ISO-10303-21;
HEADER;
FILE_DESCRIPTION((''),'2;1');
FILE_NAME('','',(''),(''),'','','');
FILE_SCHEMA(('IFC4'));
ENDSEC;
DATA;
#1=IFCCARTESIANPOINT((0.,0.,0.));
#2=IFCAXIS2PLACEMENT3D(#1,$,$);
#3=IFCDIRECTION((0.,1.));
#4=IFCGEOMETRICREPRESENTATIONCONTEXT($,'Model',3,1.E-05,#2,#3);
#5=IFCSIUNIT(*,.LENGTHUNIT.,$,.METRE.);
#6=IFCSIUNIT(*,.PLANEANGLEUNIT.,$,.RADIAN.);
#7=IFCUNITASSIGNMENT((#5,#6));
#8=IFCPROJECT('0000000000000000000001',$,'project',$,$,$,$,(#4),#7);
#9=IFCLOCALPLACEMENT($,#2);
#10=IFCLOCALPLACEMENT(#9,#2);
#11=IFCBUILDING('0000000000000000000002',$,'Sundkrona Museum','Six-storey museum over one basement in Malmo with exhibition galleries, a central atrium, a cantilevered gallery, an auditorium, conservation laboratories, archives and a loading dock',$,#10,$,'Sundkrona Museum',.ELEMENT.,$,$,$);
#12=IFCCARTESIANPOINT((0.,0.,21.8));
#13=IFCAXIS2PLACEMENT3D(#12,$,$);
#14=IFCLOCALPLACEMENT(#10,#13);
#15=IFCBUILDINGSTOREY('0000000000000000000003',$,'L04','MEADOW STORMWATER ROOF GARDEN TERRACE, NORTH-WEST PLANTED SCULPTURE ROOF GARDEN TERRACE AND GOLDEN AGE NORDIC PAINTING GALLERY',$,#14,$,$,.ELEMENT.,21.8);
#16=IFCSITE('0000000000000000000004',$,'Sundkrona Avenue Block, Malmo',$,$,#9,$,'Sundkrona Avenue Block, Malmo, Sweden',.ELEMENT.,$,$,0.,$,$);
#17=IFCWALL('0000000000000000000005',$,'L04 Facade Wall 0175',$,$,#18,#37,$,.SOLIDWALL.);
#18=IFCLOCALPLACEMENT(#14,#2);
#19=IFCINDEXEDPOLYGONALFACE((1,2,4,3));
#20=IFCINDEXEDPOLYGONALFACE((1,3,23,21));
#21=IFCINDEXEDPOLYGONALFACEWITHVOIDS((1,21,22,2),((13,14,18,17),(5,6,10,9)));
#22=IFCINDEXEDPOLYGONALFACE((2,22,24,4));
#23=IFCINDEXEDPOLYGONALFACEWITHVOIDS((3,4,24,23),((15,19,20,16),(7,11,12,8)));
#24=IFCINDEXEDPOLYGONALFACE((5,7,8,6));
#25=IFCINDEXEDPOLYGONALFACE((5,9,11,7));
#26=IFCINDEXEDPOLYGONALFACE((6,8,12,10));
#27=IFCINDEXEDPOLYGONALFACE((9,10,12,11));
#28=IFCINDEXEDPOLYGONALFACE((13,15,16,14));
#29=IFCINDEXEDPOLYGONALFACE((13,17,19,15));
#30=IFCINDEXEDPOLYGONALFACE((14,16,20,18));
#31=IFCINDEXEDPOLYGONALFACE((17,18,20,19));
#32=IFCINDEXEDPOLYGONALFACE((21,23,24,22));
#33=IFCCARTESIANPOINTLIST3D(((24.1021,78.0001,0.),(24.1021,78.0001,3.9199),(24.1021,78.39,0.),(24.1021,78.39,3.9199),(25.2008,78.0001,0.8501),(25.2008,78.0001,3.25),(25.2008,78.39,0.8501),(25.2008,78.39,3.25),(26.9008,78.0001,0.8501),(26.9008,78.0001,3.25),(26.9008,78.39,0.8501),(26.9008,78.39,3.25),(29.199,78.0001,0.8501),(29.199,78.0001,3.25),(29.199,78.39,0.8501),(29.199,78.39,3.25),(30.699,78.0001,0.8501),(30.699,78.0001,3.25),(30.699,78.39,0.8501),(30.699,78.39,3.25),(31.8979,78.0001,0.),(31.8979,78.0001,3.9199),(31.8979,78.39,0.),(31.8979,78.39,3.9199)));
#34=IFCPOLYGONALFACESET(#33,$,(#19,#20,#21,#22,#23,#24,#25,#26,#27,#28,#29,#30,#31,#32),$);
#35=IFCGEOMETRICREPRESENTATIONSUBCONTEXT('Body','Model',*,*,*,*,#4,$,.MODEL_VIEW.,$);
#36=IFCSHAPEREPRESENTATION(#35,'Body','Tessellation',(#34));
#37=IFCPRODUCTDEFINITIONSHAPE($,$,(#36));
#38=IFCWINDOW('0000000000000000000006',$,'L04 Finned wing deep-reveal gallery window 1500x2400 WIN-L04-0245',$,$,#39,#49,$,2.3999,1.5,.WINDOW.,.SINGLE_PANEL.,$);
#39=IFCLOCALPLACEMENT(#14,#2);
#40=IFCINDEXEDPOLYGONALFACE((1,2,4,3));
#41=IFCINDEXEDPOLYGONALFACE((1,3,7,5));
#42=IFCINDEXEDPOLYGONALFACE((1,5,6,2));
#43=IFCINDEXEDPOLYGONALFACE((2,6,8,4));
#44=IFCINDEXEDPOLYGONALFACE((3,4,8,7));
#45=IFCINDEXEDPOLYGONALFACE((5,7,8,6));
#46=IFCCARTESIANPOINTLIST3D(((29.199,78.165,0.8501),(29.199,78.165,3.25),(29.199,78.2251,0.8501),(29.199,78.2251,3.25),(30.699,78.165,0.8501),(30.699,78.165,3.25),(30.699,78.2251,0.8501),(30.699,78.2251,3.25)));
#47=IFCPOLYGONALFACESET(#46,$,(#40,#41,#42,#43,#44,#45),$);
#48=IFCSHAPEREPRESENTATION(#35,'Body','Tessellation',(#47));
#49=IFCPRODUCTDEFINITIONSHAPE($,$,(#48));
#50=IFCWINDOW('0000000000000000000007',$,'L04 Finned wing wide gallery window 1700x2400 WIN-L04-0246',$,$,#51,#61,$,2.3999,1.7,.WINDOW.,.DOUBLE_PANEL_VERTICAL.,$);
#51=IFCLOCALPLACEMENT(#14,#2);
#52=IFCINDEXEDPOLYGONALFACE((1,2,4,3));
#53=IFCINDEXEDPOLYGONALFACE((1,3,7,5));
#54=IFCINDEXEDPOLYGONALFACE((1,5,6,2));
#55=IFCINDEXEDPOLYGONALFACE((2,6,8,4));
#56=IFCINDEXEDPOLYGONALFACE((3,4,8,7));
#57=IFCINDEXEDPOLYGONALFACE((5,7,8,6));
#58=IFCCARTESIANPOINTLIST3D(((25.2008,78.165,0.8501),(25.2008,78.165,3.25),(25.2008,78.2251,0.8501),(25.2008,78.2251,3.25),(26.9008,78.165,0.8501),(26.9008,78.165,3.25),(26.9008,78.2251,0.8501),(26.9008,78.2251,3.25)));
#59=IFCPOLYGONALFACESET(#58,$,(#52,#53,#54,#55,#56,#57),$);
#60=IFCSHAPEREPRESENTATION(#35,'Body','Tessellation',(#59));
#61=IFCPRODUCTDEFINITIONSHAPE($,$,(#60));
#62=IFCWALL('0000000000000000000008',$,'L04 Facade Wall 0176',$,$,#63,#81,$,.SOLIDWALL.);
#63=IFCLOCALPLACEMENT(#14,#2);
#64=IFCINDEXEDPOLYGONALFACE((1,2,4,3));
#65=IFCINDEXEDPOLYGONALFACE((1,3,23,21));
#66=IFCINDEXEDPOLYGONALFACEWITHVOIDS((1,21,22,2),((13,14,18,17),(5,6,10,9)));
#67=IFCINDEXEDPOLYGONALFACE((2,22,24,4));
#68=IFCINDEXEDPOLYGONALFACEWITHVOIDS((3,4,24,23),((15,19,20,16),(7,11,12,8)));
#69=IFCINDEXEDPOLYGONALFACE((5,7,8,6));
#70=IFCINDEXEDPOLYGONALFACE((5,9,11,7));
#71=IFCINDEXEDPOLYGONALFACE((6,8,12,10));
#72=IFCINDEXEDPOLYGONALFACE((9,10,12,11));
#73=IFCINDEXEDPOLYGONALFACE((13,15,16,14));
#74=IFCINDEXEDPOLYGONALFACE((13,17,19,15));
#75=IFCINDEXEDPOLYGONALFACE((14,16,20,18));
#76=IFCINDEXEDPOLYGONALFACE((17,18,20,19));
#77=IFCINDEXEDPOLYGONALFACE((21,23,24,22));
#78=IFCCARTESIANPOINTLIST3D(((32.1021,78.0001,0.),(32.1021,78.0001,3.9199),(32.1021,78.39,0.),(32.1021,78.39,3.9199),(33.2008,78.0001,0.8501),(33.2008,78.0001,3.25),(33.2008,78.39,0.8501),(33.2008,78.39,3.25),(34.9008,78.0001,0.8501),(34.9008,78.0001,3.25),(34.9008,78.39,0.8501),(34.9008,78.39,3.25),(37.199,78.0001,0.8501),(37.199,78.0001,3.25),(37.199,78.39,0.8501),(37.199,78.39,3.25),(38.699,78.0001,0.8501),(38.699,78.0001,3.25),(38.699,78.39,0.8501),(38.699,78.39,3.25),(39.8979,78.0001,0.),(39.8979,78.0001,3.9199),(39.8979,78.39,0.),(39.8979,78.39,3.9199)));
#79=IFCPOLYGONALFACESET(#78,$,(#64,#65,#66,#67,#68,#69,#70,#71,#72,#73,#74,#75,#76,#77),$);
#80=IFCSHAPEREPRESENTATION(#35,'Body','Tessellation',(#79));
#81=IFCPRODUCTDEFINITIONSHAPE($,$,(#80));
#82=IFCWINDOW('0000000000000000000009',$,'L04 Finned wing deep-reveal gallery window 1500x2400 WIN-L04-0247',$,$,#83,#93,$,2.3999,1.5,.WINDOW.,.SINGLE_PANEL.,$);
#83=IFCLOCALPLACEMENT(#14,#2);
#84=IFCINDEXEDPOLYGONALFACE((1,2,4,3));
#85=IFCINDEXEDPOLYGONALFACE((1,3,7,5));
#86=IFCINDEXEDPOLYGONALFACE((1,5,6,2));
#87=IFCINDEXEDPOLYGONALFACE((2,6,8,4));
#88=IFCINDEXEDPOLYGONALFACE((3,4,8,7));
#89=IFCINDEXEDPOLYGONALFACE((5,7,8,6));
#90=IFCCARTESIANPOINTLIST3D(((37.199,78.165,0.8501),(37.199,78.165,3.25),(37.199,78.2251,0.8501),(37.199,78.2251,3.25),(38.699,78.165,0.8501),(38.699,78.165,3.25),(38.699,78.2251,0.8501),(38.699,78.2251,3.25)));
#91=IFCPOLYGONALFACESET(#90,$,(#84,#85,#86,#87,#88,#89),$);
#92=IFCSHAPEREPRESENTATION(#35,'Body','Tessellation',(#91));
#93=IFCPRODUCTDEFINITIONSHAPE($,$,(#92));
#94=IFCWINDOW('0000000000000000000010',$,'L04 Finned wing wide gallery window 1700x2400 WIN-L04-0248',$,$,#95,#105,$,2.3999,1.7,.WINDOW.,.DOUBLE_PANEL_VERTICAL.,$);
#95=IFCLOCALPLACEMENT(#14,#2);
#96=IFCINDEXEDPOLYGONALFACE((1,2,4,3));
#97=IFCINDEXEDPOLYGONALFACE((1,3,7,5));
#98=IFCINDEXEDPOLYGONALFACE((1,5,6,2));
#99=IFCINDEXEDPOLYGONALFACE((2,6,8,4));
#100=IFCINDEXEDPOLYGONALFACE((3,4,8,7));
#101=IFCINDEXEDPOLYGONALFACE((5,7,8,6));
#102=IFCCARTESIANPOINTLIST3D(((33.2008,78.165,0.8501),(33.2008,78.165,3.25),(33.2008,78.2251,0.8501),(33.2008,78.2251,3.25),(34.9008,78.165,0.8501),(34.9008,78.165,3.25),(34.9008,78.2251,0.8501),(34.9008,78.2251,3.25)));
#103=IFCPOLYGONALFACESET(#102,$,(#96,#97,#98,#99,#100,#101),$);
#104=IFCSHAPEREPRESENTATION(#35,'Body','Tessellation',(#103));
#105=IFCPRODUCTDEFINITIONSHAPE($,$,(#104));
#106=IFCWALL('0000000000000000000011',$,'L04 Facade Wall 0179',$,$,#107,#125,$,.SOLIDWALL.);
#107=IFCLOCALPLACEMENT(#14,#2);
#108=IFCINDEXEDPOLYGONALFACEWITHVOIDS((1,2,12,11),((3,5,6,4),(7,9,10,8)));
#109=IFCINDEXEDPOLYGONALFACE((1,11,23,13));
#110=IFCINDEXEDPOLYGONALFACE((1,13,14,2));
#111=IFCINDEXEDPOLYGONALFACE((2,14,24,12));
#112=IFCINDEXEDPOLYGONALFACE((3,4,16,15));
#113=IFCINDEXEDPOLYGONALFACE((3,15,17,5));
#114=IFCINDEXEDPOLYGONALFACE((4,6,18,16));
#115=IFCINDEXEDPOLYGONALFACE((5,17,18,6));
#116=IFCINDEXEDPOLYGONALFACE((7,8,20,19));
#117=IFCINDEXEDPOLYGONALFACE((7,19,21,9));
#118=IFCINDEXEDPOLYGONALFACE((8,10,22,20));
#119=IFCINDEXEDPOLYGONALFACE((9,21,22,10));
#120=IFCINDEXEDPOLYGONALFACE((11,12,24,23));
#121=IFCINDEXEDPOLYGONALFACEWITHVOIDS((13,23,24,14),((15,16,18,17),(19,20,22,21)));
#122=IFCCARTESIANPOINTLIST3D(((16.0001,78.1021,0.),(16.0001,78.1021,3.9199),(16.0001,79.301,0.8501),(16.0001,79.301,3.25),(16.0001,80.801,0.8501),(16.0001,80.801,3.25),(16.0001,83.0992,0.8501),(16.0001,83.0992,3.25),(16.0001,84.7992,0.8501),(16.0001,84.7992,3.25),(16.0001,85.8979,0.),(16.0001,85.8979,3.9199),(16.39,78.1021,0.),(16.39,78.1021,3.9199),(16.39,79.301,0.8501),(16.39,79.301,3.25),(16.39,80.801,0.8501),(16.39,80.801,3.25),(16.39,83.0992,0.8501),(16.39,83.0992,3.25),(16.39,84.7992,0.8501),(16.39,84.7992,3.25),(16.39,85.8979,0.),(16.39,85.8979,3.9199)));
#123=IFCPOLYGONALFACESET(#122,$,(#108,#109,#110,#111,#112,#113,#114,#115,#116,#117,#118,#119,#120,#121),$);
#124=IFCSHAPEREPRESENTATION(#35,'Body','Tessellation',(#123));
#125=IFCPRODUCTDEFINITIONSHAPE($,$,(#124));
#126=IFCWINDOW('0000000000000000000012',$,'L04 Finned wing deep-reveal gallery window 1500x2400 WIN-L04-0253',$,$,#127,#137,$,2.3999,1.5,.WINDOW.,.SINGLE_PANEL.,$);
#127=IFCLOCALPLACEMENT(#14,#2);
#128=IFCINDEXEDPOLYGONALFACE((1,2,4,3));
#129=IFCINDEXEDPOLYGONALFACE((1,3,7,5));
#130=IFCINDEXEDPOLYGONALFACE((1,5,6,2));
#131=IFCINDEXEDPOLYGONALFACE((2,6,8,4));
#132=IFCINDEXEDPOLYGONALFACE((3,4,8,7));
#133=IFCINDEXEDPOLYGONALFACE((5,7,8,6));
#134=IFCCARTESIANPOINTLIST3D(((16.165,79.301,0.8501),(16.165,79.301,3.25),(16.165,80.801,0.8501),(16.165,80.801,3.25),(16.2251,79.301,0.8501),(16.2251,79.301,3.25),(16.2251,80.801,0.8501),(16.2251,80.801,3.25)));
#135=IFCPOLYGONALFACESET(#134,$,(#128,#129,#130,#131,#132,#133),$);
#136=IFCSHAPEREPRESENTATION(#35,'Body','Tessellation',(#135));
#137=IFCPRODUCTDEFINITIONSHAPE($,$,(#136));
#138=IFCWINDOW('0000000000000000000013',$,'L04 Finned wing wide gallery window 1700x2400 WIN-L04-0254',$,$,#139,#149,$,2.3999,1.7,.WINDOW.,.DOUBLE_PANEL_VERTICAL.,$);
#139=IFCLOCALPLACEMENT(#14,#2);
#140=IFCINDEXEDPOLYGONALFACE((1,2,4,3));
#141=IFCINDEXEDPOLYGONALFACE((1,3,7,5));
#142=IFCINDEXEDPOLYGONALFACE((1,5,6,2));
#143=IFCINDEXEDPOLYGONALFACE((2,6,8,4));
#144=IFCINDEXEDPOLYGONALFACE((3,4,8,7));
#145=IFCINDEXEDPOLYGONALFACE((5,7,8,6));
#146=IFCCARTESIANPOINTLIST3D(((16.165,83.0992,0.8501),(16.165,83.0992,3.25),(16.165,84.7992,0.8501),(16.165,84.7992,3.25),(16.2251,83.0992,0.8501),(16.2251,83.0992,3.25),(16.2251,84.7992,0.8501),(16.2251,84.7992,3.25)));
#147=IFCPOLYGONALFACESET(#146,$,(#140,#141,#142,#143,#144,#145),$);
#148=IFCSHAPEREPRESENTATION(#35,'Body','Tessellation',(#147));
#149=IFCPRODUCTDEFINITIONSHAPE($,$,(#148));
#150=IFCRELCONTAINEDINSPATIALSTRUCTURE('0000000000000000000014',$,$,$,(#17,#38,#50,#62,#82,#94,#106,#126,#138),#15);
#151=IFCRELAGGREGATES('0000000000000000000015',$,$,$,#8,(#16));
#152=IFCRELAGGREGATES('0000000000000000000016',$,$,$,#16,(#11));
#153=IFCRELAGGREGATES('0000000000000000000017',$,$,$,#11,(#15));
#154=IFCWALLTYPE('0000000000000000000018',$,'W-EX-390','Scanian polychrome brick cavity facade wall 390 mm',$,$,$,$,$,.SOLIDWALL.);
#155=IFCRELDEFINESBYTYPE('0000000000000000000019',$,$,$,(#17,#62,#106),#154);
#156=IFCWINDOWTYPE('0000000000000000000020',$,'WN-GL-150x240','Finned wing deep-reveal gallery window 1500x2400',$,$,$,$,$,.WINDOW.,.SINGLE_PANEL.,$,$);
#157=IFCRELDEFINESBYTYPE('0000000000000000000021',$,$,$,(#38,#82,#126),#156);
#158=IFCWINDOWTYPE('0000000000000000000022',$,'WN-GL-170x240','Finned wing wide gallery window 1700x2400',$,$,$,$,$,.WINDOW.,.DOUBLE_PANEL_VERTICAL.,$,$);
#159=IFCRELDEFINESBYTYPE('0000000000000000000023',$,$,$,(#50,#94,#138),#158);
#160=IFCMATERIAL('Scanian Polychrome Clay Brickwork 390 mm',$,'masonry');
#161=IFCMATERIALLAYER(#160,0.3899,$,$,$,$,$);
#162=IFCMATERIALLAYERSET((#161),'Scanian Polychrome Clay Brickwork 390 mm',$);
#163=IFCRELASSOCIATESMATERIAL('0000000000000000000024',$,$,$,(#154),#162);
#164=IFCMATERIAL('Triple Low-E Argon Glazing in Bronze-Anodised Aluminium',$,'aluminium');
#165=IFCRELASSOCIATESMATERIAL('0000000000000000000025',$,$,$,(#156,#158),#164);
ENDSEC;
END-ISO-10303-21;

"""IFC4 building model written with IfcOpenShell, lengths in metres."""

from ifc_helpers import new_model, si_unit, direction, frame, frame_2d, origin, place, context, subcontext, project, spatial, rectangle, extrude, material, layer, layer_set, type_object, element, fill, save


model = new_model("IFC4")

# Units and contexts
model_context = context("Model", 3, precision=1e-05, world=origin(), true_north=direction((0.0, 1.0)))
body_context = subcontext(model_context, "Body", "Model", "MODEL_VIEW")
ifc_project = project(units=[si_unit("LENGTHUNIT", "METRE"), si_unit("PLANEANGLEUNIT", "RADIAN")], contexts=[model_context])

# Site, building, storey
site_placement = place(None, origin())
site = spatial("IfcSite", under=ifc_project, at=site_placement, Name="Sundkrona Avenue Block, Malmo", LongName="Sundkrona Avenue Block, Malmo, Sweden", CompositionType="ELEMENT", RefElevation=0.0)
building_placement = place(site_placement, origin())
building = spatial("IfcBuilding", under=site, at=building_placement, Name="Sundkrona Museum", Description="Six-storey museum over one basement in Malmo with exhibition galleries, a central atrium, a cantilevered gallery, an auditorium, conservation laboratories, archives and a loading dock", LongName="Sundkrona Museum", CompositionType="ELEMENT")
storey_placement = place(building_placement, frame((0.0, 0.0, 21.8)))
storey = spatial("IfcBuildingStorey", under=building, at=storey_placement, Name="L04", Description="MEADOW STORMWATER ROOF GARDEN TERRACE, NORTH-WEST PLANTED SCULPTURE ROOF GARDEN TERRACE AND GOLDEN AGE NORDIC PAINTING GALLERY", CompositionType="ELEMENT", Elevation=21.8)

# Walls, openings, windows
ifc_material_1 = material(Name="Scanian Polychrome Clay Brickwork 390 mm", Category="masonry")
ifc_layer_1 = layer(ifc_material_1, 0.3899)
ifc_layer_set_1 = layer_set([ifc_layer_1], Name="Scanian Polychrome Clay Brickwork 390 mm")
wall_type_1 = type_object("IfcWallType", Name="W-EX-390", Description="Scanian polychrome brick cavity facade wall 390 mm", PredefinedType="SOLIDWALL", material=ifc_layer_set_1)
ifc_material_2 = material(Name="Triple Low-E Argon Glazing in Bronze-Anodised Aluminium", Category="aluminium")
window_type_1 = type_object("IfcWindowType", Name="WN-GL-150x240", Description="Finned wing deep-reveal gallery window 1500x2400", PartitioningType="SINGLE_PANEL", PredefinedType="WINDOW", material=ifc_material_2)
window_type_2 = type_object("IfcWindowType", Name="WN-GL-170x240", Description="Finned wing wide gallery window 1700x2400", PartitioningType="DOUBLE_PANEL_VERTICAL", PredefinedType="WINDOW", material=ifc_material_2)
wall_1_placement = place(storey_placement, frame((31.8979, 78.1951, 0.0), z_axis=(0.0, 0.0, 1.0), x_axis=(-1.0, 0.0, 0.0)))
wall_1 = element("IfcWall", 1, at=wall_1_placement, inside=storey, type_object=wall_type_1, Name="L04 Facade Wall 0175", PredefinedType="SOLIDWALL", context=body_context, shape_type="SweptSolid", body=[
    extrude(rectangle(XDim=7.7959, YDim=0.3899, at=frame_2d((3.8979, 0.0))), origin(), (0.0, 0.0, 1.0), 3.9199),
])
opening_1_placement = place(wall_1_placement, frame((1.199, 0.0, 0.8501)))
opening_1 = element("IfcOpeningElement", 2, at=opening_1_placement, cuts=wall_1, PredefinedType="OPENING", context=body_context, shape_type="SweptSolid", body=[
    extrude(rectangle(XDim=1.5, YDim=2.3999, at=frame_2d((0.75, 1.2))), frame((0.0, 0.2048, 0.0), z_axis=(0.0, -1.0, 0.0), x_axis=(1.0, 0.0, 0.0)), (0.0, 0.0, 1.0), 0.4099),
])
opening_2_placement = place(wall_1_placement, frame((4.9971, 0.0, 0.8501)))
opening_2 = element("IfcOpeningElement", 3, at=opening_2_placement, cuts=wall_1, PredefinedType="OPENING", context=body_context, shape_type="SweptSolid", body=[
    extrude(rectangle(XDim=1.7, YDim=2.3999, at=frame_2d((0.8501, 1.2))), frame((0.0, 0.2048, 0.0), z_axis=(0.0, -1.0, 0.0), x_axis=(1.0, 0.0, 0.0)), (0.0, 0.0, 1.0), 0.4099),
])
window_1_placement = place(opening_1_placement, origin())
window_1 = element("IfcWindow", 4, at=window_1_placement, inside=storey, type_object=window_type_1, Name="L04 Finned wing deep-reveal gallery window 1500x2400 WIN-L04-0245", OverallHeight=2.3999, OverallWidth=1.5, PartitioningType="SINGLE_PANEL", PredefinedType="WINDOW", context=body_context, shape_type="SweptSolid", body=[
    extrude(rectangle(XDim=1.5, YDim=2.3999, at=frame_2d((0.75, 1.2))), frame((0.0, 0.03, 0.0), z_axis=(0.0, -1.0, 0.0), x_axis=(1.0, 0.0, 0.0)), (0.0, 0.0, 1.0), 0.0601),
])
fill(opening_1, window_1)
window_2_placement = place(opening_2_placement, origin())
window_2 = element("IfcWindow", 5, at=window_2_placement, inside=storey, type_object=window_type_2, Name="L04 Finned wing wide gallery window 1700x2400 WIN-L04-0246", OverallHeight=2.3999, OverallWidth=1.7, PartitioningType="DOUBLE_PANEL_VERTICAL", PredefinedType="WINDOW", context=body_context, shape_type="SweptSolid", body=[
    extrude(rectangle(XDim=1.7, YDim=2.3999, at=frame_2d((0.8501, 1.2))), frame((0.0, 0.03, 0.0), z_axis=(0.0, -1.0, 0.0), x_axis=(1.0, 0.0, 0.0)), (0.0, 0.0, 1.0), 0.0601),
])
fill(opening_2, window_2)
wall_2_placement = place(storey_placement, frame((39.8979, 78.1951, 0.0), z_axis=(0.0, 0.0, 1.0), x_axis=(-1.0, 0.0, 0.0)))
wall_2 = element("IfcWall", 6, at=wall_2_placement, inside=storey, type_object=wall_type_1, Name="L04 Facade Wall 0176", PredefinedType="SOLIDWALL", context=body_context, shape_type="SweptSolid", body=[
    extrude(rectangle(XDim=7.7959, YDim=0.3899, at=frame_2d((3.8979, 0.0))), origin(), (0.0, 0.0, 1.0), 3.9199),
])
opening_3_placement = place(wall_2_placement, frame((1.199, 0.0, 0.8501)))
opening_3 = element("IfcOpeningElement", 7, at=opening_3_placement, cuts=wall_2, PredefinedType="OPENING", context=body_context, shape_type="SweptSolid", body=[
    extrude(rectangle(XDim=1.5, YDim=2.3999, at=frame_2d((0.75, 1.2))), frame((0.0, 0.2048, 0.0), z_axis=(0.0, -1.0, 0.0), x_axis=(1.0, 0.0, 0.0)), (0.0, 0.0, 1.0), 0.4099),
])
opening_4_placement = place(wall_2_placement, frame((4.9971, 0.0, 0.8501)))
opening_4 = element("IfcOpeningElement", 8, at=opening_4_placement, cuts=wall_2, PredefinedType="OPENING", context=body_context, shape_type="SweptSolid", body=[
    extrude(rectangle(XDim=1.7, YDim=2.3999, at=frame_2d((0.8501, 1.2))), frame((0.0, 0.2048, 0.0), z_axis=(0.0, -1.0, 0.0), x_axis=(1.0, 0.0, 0.0)), (0.0, 0.0, 1.0), 0.4099),
])
window_3_placement = place(opening_3_placement, origin())
window_3 = element("IfcWindow", 9, at=window_3_placement, inside=storey, type_object=window_type_1, Name="L04 Finned wing deep-reveal gallery window 1500x2400 WIN-L04-0247", OverallHeight=2.3999, OverallWidth=1.5, PartitioningType="SINGLE_PANEL", PredefinedType="WINDOW", context=body_context, shape_type="SweptSolid", body=[
    extrude(rectangle(XDim=1.5, YDim=2.3999, at=frame_2d((0.75, 1.2))), frame((0.0, 0.03, 0.0), z_axis=(0.0, -1.0, 0.0), x_axis=(1.0, 0.0, 0.0)), (0.0, 0.0, 1.0), 0.0601),
])
fill(opening_3, window_3)
window_4_placement = place(opening_4_placement, origin())
window_4 = element("IfcWindow", 10, at=window_4_placement, inside=storey, type_object=window_type_2, Name="L04 Finned wing wide gallery window 1700x2400 WIN-L04-0248", OverallHeight=2.3999, OverallWidth=1.7, PartitioningType="DOUBLE_PANEL_VERTICAL", PredefinedType="WINDOW", context=body_context, shape_type="SweptSolid", body=[
    extrude(rectangle(XDim=1.7, YDim=2.3999, at=frame_2d((0.8501, 1.2))), frame((0.0, 0.03, 0.0), z_axis=(0.0, -1.0, 0.0), x_axis=(1.0, 0.0, 0.0)), (0.0, 0.0, 1.0), 0.0601),
])
fill(opening_4, window_4)
wall_3_placement = place(storey_placement, frame((16.1951, 78.1021, 0.0), z_axis=(0.0, 0.0, 1.0), x_axis=(0.0, 1.0, 0.0)))
wall_3 = element("IfcWall", 11, at=wall_3_placement, inside=storey, type_object=wall_type_1, Name="L04 Facade Wall 0179", PredefinedType="SOLIDWALL", context=body_context, shape_type="SweptSolid", body=[
    extrude(rectangle(XDim=7.7959, YDim=0.3899, at=frame_2d((3.8979, 0.0))), origin(), (0.0, 0.0, 1.0), 3.9199),
])
opening_5_placement = place(wall_3_placement, frame((1.199, 0.0, 0.8501)))
opening_5 = element("IfcOpeningElement", 12, at=opening_5_placement, cuts=wall_3, PredefinedType="OPENING", context=body_context, shape_type="SweptSolid", body=[
    extrude(rectangle(XDim=1.5, YDim=2.3999, at=frame_2d((0.75, 1.2))), frame((0.0, 0.2048, 0.0), z_axis=(0.0, -1.0, 0.0), x_axis=(1.0, 0.0, 0.0)), (0.0, 0.0, 1.0), 0.4099),
])
opening_6_placement = place(wall_3_placement, frame((4.9971, 0.0, 0.8501)))
opening_6 = element("IfcOpeningElement", 13, at=opening_6_placement, cuts=wall_3, PredefinedType="OPENING", context=body_context, shape_type="SweptSolid", body=[
    extrude(rectangle(XDim=1.7, YDim=2.3999, at=frame_2d((0.8501, 1.2))), frame((0.0, 0.2048, 0.0), z_axis=(0.0, -1.0, 0.0), x_axis=(1.0, 0.0, 0.0)), (0.0, 0.0, 1.0), 0.4099),
])
window_5_placement = place(opening_5_placement, origin())
window_5 = element("IfcWindow", 14, at=window_5_placement, inside=storey, type_object=window_type_1, Name="L04 Finned wing deep-reveal gallery window 1500x2400 WIN-L04-0253", OverallHeight=2.3999, OverallWidth=1.5, PartitioningType="SINGLE_PANEL", PredefinedType="WINDOW", context=body_context, shape_type="SweptSolid", body=[
    extrude(rectangle(XDim=1.5, YDim=2.3999, at=frame_2d((0.75, 1.2))), frame((0.0, 0.03, 0.0), z_axis=(0.0, -1.0, 0.0), x_axis=(1.0, 0.0, 0.0)), (0.0, 0.0, 1.0), 0.0601),
])
fill(opening_5, window_5)
window_6_placement = place(opening_6_placement, origin())
window_6 = element("IfcWindow", 15, at=window_6_placement, inside=storey, type_object=window_type_2, Name="L04 Finned wing wide gallery window 1700x2400 WIN-L04-0254", OverallHeight=2.3999, OverallWidth=1.7, PartitioningType="DOUBLE_PANEL_VERTICAL", PredefinedType="WINDOW", context=body_context, shape_type="SweptSolid", body=[
    extrude(rectangle(XDim=1.7, YDim=2.3999, at=frame_2d((0.8501, 1.2))), frame((0.0, 0.03, 0.0), z_axis=(0.0, -1.0, 0.0), x_axis=(1.0, 0.0, 0.0)), (0.0, 0.0, 1.0), 0.0601),
])
fill(opening_6, window_6)

save(model, "model.ifc")
